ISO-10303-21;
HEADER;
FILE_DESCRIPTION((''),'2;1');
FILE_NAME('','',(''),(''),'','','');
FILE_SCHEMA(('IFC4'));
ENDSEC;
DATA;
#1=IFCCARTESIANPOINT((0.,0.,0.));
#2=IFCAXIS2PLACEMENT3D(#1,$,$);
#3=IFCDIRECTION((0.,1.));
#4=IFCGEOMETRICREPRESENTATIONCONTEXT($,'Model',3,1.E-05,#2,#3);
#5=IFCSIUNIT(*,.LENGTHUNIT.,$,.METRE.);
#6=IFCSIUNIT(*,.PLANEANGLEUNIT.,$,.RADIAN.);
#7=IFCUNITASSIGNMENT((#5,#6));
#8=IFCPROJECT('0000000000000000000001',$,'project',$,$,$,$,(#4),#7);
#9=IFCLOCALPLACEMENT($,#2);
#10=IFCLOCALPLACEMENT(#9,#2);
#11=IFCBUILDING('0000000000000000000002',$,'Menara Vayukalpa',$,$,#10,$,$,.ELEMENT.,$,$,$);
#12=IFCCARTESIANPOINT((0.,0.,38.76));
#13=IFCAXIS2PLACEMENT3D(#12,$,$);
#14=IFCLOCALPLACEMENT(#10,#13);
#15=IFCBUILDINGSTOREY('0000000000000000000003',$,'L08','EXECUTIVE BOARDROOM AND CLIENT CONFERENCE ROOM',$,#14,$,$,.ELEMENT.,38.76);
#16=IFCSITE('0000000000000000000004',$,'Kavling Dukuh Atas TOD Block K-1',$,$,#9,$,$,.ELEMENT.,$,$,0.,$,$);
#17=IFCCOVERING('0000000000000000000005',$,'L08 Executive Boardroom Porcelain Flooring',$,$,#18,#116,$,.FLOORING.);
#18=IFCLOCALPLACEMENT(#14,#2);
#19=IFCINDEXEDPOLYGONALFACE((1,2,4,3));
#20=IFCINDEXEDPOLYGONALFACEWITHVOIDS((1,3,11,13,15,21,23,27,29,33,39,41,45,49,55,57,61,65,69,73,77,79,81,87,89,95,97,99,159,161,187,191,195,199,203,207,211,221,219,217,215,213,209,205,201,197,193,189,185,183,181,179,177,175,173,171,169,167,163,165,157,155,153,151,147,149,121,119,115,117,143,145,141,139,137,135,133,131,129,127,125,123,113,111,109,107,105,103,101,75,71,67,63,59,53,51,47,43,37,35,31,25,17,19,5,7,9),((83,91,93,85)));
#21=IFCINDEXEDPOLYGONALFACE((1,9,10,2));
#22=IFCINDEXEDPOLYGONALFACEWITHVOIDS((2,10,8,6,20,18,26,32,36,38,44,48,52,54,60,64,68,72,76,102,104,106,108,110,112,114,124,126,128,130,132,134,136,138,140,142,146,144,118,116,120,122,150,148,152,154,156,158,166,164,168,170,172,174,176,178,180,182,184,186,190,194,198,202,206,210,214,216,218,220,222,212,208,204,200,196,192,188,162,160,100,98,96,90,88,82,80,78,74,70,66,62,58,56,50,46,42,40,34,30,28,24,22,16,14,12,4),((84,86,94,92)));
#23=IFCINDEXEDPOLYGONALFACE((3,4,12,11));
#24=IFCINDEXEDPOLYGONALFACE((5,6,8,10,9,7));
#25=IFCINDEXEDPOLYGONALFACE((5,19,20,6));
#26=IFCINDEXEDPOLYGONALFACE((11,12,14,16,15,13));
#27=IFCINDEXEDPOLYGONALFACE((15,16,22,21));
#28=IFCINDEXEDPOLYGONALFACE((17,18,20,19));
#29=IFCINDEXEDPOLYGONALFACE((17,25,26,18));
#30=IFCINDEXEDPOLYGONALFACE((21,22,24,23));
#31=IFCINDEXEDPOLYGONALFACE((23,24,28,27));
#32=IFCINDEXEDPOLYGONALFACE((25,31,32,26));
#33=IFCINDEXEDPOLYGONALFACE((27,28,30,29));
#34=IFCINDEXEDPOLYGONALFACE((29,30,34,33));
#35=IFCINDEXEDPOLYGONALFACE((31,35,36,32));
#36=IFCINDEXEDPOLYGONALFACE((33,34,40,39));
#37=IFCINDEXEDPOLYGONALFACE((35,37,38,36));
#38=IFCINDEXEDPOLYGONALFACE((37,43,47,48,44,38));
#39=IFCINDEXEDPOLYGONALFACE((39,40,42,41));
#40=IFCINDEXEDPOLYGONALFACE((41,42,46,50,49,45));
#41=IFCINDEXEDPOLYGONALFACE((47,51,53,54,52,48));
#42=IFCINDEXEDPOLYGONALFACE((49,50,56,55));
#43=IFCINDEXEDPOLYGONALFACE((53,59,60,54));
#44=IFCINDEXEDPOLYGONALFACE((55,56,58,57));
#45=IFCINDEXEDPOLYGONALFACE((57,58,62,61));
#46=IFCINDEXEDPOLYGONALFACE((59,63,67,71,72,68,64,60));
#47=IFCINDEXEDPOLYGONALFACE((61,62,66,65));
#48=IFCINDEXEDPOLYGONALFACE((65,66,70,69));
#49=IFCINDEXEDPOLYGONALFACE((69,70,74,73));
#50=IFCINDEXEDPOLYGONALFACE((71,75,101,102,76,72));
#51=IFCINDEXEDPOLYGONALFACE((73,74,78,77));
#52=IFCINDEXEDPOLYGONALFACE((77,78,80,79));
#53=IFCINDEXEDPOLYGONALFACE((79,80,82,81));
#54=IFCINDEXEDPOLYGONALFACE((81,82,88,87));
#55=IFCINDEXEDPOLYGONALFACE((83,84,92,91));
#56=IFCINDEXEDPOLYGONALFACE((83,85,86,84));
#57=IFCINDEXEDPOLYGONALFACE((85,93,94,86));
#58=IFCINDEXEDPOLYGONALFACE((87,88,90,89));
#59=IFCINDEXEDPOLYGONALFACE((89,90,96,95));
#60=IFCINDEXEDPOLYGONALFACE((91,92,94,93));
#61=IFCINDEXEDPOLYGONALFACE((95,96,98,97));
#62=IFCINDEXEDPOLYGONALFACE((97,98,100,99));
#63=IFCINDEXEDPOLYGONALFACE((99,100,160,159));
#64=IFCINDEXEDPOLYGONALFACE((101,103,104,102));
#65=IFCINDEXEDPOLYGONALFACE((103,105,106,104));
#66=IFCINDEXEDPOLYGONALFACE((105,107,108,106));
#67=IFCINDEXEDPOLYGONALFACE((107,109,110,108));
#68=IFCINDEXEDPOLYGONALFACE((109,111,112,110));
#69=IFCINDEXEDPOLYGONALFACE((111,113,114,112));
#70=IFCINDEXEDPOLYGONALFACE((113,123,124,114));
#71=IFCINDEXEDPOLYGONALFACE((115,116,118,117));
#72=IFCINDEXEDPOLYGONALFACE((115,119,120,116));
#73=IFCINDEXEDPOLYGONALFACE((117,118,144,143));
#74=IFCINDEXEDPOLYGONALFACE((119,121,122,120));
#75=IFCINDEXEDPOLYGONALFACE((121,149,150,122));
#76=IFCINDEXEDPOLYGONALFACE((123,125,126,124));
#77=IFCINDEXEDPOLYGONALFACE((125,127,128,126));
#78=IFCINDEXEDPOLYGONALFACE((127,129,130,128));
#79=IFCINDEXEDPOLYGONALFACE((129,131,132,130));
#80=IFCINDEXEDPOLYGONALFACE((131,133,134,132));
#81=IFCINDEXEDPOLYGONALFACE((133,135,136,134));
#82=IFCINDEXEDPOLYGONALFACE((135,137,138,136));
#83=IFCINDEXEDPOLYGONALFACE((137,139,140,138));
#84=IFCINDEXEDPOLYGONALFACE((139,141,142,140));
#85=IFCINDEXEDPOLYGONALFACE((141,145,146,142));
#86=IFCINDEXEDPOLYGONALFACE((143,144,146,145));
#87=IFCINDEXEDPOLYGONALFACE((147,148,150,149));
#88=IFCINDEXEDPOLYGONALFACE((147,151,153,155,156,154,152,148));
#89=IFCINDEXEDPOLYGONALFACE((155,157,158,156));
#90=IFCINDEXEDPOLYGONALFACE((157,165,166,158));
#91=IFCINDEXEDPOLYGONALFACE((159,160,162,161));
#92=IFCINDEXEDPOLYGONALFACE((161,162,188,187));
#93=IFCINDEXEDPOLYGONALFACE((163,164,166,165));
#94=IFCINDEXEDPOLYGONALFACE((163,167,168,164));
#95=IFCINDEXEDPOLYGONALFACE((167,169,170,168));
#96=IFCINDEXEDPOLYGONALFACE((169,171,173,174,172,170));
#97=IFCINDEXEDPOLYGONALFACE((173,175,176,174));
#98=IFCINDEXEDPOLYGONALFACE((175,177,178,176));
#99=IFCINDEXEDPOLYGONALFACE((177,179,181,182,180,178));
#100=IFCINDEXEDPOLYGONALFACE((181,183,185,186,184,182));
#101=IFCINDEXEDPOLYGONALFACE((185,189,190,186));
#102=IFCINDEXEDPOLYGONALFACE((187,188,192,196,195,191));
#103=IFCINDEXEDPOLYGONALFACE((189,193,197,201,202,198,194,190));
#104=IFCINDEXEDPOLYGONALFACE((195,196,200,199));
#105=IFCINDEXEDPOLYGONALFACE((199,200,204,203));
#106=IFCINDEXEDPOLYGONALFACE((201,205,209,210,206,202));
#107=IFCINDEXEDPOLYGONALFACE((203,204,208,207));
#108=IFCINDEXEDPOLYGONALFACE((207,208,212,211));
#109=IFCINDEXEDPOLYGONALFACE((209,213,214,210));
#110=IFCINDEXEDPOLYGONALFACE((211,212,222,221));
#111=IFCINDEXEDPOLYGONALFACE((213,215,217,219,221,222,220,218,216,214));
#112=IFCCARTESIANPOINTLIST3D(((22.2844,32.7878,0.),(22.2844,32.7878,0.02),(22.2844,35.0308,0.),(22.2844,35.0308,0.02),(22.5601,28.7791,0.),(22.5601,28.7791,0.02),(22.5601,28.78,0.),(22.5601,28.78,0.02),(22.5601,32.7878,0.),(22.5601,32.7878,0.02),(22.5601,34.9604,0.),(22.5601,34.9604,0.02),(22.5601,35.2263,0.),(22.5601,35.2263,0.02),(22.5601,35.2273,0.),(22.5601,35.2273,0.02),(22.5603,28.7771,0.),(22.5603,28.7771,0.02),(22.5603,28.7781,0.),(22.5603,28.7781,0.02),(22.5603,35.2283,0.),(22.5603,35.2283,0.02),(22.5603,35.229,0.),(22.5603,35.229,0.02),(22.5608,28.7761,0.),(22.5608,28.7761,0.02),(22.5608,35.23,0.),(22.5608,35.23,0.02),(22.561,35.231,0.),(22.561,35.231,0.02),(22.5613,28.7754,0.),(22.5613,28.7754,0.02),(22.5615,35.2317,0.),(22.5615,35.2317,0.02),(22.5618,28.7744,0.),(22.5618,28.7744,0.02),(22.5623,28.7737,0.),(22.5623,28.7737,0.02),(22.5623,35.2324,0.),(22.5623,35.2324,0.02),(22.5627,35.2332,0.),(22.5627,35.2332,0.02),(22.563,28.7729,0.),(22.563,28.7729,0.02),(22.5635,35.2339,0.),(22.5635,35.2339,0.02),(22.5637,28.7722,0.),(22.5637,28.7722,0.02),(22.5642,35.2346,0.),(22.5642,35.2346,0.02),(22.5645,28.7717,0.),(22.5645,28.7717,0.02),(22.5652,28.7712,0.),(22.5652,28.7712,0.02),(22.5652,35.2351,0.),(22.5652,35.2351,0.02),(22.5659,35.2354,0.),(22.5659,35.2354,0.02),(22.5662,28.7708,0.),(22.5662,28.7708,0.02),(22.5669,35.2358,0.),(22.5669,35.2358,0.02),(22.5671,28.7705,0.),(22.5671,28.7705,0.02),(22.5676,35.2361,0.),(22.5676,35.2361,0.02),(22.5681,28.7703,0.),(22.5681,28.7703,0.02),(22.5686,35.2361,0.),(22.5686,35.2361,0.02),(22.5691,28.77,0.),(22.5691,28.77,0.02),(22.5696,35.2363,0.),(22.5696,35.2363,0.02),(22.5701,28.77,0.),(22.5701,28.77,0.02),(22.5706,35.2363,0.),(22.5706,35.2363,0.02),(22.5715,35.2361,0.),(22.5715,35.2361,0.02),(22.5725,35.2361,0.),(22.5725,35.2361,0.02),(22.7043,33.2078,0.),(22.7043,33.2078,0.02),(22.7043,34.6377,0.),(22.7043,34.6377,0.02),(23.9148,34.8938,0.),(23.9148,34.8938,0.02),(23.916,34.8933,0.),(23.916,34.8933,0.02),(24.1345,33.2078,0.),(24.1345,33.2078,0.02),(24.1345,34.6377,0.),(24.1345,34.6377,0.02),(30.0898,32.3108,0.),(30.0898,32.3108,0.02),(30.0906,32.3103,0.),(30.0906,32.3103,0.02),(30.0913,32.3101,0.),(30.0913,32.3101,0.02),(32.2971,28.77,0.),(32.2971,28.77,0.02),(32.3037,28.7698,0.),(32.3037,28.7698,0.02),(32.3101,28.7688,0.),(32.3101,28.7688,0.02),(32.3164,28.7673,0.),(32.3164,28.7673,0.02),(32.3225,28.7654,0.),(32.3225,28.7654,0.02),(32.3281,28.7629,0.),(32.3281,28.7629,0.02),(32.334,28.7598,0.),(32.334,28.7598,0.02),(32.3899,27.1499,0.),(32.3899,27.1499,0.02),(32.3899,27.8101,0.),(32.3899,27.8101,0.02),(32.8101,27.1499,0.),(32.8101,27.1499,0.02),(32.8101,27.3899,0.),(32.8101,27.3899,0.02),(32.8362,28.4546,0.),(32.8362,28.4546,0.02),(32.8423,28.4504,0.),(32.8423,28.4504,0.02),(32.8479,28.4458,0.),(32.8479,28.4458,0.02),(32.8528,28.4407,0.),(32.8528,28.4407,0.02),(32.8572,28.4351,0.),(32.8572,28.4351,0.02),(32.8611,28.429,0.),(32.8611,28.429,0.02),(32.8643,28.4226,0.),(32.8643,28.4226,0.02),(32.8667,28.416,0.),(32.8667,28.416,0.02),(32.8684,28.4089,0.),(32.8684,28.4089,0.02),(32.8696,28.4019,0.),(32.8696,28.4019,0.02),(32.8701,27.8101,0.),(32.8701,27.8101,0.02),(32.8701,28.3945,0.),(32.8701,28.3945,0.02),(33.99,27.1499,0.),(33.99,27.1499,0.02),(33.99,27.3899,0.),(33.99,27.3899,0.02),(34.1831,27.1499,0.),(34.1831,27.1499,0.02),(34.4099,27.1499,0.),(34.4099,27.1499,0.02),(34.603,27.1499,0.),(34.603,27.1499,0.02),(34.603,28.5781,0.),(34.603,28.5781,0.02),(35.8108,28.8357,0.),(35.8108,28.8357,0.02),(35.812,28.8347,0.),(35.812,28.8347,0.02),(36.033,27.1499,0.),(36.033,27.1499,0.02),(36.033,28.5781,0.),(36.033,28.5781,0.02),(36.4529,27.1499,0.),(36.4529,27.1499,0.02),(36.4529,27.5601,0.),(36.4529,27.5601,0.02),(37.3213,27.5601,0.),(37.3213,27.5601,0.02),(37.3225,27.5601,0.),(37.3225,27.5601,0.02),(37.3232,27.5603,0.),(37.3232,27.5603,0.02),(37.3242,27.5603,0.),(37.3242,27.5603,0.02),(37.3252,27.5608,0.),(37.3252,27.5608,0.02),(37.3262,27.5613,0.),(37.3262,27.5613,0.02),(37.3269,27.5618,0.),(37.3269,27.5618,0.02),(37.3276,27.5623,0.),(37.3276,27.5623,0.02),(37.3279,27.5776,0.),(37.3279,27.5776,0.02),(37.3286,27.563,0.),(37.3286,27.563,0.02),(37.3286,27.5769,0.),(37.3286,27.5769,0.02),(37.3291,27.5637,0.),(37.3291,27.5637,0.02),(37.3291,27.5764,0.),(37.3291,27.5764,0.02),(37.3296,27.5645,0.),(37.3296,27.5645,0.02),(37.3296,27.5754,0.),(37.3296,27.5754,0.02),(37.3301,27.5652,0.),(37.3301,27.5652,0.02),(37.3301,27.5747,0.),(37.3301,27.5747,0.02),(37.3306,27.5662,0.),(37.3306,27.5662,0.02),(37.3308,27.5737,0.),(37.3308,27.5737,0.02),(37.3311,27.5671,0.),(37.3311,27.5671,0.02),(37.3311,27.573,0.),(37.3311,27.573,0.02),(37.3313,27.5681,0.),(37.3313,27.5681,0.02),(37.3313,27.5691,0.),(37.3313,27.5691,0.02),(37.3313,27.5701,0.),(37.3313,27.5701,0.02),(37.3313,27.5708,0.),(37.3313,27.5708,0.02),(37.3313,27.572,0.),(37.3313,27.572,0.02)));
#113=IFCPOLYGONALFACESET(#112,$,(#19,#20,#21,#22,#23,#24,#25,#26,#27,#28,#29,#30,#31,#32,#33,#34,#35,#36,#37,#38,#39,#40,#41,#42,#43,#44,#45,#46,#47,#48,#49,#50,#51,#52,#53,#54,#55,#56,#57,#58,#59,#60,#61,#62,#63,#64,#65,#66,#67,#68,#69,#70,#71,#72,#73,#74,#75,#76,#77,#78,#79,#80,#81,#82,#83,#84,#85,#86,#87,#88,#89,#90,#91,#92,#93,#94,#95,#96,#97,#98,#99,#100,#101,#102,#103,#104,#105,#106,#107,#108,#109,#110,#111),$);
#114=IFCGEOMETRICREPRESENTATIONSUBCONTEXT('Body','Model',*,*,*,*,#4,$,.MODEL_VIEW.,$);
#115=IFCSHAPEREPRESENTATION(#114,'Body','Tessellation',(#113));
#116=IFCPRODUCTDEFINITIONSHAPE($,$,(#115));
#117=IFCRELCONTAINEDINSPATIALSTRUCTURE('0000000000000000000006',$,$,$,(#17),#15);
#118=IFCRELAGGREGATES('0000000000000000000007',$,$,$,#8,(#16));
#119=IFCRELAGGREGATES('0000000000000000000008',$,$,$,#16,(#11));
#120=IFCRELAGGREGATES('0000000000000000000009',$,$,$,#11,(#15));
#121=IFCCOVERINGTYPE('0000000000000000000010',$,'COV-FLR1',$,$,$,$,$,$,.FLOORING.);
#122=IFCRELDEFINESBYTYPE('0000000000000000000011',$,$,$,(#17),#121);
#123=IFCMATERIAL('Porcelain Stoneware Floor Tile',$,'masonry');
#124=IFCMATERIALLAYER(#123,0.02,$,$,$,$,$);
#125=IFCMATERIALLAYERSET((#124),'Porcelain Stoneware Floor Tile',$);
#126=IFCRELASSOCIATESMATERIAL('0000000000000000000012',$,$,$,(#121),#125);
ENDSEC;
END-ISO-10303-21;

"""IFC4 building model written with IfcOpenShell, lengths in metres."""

from ifc_helpers import new_model, si_unit, direction, frame, origin, place, context, subcontext, project, spatial, polyline, outline, extrude, material, layer, layer_set, type_object, element, save


model = new_model("IFC4")

# Units and contexts
model_context = context("Model", 3, precision=1e-05, world=origin(), true_north=direction((0.0, 1.0)))
body_context = subcontext(model_context, "Body", "Model", "MODEL_VIEW")
ifc_project = project(units=[si_unit("LENGTHUNIT", "METRE"), si_unit("PLANEANGLEUNIT", "RADIAN")], contexts=[model_context])

# Site, building, storey
site_placement = place(None, origin())
site = spatial("IfcSite", under=ifc_project, at=site_placement, Name="Kavling Dukuh Atas TOD Block K-1", CompositionType="ELEMENT", RefElevation=0.0)
building_placement = place(site_placement, origin())
building = spatial("IfcBuilding", under=site, at=building_placement, Name="Menara Vayukalpa", CompositionType="ELEMENT")
storey_placement = place(building_placement, frame((0.0, 0.0, 38.76)))
storey = spatial("IfcBuildingStorey", under=building, at=storey_placement, Name="L08", Description="EXECUTIVE BOARDROOM AND CLIENT CONFERENCE ROOM", CompositionType="ELEMENT", Elevation=38.76)

# Covering
ifc_material_1 = material(Name="Porcelain Stoneware Floor Tile", Category="masonry")
ifc_layer_1 = layer(ifc_material_1, 0.02)
ifc_layer_set_1 = layer_set([ifc_layer_1], Name="Porcelain Stoneware Floor Tile")
covering_type_1 = type_object("IfcCoveringType", Name="COV-FLR1", PredefinedType="FLOORING", material=ifc_layer_set_1)
covering_1_placement = place(storey_placement, origin())
element("IfcCovering", 1, at=covering_1_placement, inside=storey, type_object=covering_type_1, Name="L08 Executive Boardroom Porcelain Flooring", PredefinedType="FLOORING", context=body_context, shape_type="SweptSolid", body=[
    extrude(outline(polyline([(36.033, 27.1499), (36.033, 28.5781), (34.603, 28.5781), (34.603, 27.1499), (34.4099, 27.1499), (34.1831, 27.1499), (33.99, 27.1499), (33.99, 27.3899), (32.8101, 27.3899), (32.8101, 27.1499), (32.3899, 27.1499), (32.3899, 27.8101), (32.8701, 27.8101), (32.8701, 28.3945), (32.8696, 28.4019), (32.8684, 28.4089), (32.8667, 28.416), (32.8643, 28.4226), (32.8611, 28.429), (32.8572, 28.4351), (32.8528, 28.4407), (32.8479, 28.4458), (32.8423, 28.4504), (32.8362, 28.4546), (32.334, 28.7598), (32.3281, 28.7629), (32.3225, 28.7654), (32.3164, 28.7673), (32.3101, 28.7688), (32.3037, 28.7698), (32.2971, 28.77), (22.5701, 28.77), (22.5691, 28.77), (22.5681, 28.7703), (22.5671, 28.7705), (22.5662, 28.7708), (22.5652, 28.7712), (22.5645, 28.7717), (22.5637, 28.7722), (22.563, 28.7729), (22.5623, 28.7737), (22.5618, 28.7744), (22.5613, 28.7754), (22.5608, 28.7761), (22.5603, 28.7771), (22.5603, 28.7781), (22.5601, 28.7791), (22.5601, 28.78), (22.5601, 32.7878), (22.2844, 32.7878), (22.2844, 35.0308), (22.5601, 34.9604), (22.5601, 35.2263), (22.5601, 35.2273), (22.5603, 35.2283), (22.5603, 35.229), (22.5608, 35.23), (22.561, 35.231), (22.5615, 35.2317), (22.5623, 35.2324), (22.5627, 35.2332), (22.5635, 35.2339), (22.5642, 35.2346), (22.5652, 35.2351), (22.5659, 35.2354), (22.5669, 35.2358), (22.5676, 35.2361), (22.5686, 35.2361), (22.5696, 35.2363), (22.5706, 35.2363), (22.5715, 35.2361), (22.5725, 35.2361), (23.9148, 34.8938), (23.916, 34.8933), (30.0898, 32.3108), (30.0906, 32.3103), (30.0913, 32.3101), (35.8108, 28.8357), (35.812, 28.8347), (37.3279, 27.5776), (37.3286, 27.5769), (37.3291, 27.5764), (37.3296, 27.5754), (37.3301, 27.5747), (37.3308, 27.5737), (37.3311, 27.573), (37.3313, 27.572), (37.3313, 27.5708), (37.3313, 27.5701), (37.3313, 27.5691), (37.3313, 27.5681), (37.3311, 27.5671), (37.3306, 27.5662), (37.3301, 27.5652), (37.3296, 27.5645), (37.3291, 27.5637), (37.3286, 27.563), (37.3276, 27.5623), (37.3269, 27.5618), (37.3262, 27.5613), (37.3252, 27.5608), (37.3242, 27.5603), (37.3232, 27.5603), (37.3225, 27.5601), (37.3213, 27.5601), (36.4529, 27.5601), (36.4529, 27.1499), (36.033, 27.1499)]), holes=[polyline([(24.1345, 33.2078), (24.1345, 34.6377), (22.7043, 34.6377), (22.7043, 33.2078), (24.1345, 33.2078)])]), origin(), (0.0, 0.0, 1.0), 0.02),
])

save(model, "model.ifc")
